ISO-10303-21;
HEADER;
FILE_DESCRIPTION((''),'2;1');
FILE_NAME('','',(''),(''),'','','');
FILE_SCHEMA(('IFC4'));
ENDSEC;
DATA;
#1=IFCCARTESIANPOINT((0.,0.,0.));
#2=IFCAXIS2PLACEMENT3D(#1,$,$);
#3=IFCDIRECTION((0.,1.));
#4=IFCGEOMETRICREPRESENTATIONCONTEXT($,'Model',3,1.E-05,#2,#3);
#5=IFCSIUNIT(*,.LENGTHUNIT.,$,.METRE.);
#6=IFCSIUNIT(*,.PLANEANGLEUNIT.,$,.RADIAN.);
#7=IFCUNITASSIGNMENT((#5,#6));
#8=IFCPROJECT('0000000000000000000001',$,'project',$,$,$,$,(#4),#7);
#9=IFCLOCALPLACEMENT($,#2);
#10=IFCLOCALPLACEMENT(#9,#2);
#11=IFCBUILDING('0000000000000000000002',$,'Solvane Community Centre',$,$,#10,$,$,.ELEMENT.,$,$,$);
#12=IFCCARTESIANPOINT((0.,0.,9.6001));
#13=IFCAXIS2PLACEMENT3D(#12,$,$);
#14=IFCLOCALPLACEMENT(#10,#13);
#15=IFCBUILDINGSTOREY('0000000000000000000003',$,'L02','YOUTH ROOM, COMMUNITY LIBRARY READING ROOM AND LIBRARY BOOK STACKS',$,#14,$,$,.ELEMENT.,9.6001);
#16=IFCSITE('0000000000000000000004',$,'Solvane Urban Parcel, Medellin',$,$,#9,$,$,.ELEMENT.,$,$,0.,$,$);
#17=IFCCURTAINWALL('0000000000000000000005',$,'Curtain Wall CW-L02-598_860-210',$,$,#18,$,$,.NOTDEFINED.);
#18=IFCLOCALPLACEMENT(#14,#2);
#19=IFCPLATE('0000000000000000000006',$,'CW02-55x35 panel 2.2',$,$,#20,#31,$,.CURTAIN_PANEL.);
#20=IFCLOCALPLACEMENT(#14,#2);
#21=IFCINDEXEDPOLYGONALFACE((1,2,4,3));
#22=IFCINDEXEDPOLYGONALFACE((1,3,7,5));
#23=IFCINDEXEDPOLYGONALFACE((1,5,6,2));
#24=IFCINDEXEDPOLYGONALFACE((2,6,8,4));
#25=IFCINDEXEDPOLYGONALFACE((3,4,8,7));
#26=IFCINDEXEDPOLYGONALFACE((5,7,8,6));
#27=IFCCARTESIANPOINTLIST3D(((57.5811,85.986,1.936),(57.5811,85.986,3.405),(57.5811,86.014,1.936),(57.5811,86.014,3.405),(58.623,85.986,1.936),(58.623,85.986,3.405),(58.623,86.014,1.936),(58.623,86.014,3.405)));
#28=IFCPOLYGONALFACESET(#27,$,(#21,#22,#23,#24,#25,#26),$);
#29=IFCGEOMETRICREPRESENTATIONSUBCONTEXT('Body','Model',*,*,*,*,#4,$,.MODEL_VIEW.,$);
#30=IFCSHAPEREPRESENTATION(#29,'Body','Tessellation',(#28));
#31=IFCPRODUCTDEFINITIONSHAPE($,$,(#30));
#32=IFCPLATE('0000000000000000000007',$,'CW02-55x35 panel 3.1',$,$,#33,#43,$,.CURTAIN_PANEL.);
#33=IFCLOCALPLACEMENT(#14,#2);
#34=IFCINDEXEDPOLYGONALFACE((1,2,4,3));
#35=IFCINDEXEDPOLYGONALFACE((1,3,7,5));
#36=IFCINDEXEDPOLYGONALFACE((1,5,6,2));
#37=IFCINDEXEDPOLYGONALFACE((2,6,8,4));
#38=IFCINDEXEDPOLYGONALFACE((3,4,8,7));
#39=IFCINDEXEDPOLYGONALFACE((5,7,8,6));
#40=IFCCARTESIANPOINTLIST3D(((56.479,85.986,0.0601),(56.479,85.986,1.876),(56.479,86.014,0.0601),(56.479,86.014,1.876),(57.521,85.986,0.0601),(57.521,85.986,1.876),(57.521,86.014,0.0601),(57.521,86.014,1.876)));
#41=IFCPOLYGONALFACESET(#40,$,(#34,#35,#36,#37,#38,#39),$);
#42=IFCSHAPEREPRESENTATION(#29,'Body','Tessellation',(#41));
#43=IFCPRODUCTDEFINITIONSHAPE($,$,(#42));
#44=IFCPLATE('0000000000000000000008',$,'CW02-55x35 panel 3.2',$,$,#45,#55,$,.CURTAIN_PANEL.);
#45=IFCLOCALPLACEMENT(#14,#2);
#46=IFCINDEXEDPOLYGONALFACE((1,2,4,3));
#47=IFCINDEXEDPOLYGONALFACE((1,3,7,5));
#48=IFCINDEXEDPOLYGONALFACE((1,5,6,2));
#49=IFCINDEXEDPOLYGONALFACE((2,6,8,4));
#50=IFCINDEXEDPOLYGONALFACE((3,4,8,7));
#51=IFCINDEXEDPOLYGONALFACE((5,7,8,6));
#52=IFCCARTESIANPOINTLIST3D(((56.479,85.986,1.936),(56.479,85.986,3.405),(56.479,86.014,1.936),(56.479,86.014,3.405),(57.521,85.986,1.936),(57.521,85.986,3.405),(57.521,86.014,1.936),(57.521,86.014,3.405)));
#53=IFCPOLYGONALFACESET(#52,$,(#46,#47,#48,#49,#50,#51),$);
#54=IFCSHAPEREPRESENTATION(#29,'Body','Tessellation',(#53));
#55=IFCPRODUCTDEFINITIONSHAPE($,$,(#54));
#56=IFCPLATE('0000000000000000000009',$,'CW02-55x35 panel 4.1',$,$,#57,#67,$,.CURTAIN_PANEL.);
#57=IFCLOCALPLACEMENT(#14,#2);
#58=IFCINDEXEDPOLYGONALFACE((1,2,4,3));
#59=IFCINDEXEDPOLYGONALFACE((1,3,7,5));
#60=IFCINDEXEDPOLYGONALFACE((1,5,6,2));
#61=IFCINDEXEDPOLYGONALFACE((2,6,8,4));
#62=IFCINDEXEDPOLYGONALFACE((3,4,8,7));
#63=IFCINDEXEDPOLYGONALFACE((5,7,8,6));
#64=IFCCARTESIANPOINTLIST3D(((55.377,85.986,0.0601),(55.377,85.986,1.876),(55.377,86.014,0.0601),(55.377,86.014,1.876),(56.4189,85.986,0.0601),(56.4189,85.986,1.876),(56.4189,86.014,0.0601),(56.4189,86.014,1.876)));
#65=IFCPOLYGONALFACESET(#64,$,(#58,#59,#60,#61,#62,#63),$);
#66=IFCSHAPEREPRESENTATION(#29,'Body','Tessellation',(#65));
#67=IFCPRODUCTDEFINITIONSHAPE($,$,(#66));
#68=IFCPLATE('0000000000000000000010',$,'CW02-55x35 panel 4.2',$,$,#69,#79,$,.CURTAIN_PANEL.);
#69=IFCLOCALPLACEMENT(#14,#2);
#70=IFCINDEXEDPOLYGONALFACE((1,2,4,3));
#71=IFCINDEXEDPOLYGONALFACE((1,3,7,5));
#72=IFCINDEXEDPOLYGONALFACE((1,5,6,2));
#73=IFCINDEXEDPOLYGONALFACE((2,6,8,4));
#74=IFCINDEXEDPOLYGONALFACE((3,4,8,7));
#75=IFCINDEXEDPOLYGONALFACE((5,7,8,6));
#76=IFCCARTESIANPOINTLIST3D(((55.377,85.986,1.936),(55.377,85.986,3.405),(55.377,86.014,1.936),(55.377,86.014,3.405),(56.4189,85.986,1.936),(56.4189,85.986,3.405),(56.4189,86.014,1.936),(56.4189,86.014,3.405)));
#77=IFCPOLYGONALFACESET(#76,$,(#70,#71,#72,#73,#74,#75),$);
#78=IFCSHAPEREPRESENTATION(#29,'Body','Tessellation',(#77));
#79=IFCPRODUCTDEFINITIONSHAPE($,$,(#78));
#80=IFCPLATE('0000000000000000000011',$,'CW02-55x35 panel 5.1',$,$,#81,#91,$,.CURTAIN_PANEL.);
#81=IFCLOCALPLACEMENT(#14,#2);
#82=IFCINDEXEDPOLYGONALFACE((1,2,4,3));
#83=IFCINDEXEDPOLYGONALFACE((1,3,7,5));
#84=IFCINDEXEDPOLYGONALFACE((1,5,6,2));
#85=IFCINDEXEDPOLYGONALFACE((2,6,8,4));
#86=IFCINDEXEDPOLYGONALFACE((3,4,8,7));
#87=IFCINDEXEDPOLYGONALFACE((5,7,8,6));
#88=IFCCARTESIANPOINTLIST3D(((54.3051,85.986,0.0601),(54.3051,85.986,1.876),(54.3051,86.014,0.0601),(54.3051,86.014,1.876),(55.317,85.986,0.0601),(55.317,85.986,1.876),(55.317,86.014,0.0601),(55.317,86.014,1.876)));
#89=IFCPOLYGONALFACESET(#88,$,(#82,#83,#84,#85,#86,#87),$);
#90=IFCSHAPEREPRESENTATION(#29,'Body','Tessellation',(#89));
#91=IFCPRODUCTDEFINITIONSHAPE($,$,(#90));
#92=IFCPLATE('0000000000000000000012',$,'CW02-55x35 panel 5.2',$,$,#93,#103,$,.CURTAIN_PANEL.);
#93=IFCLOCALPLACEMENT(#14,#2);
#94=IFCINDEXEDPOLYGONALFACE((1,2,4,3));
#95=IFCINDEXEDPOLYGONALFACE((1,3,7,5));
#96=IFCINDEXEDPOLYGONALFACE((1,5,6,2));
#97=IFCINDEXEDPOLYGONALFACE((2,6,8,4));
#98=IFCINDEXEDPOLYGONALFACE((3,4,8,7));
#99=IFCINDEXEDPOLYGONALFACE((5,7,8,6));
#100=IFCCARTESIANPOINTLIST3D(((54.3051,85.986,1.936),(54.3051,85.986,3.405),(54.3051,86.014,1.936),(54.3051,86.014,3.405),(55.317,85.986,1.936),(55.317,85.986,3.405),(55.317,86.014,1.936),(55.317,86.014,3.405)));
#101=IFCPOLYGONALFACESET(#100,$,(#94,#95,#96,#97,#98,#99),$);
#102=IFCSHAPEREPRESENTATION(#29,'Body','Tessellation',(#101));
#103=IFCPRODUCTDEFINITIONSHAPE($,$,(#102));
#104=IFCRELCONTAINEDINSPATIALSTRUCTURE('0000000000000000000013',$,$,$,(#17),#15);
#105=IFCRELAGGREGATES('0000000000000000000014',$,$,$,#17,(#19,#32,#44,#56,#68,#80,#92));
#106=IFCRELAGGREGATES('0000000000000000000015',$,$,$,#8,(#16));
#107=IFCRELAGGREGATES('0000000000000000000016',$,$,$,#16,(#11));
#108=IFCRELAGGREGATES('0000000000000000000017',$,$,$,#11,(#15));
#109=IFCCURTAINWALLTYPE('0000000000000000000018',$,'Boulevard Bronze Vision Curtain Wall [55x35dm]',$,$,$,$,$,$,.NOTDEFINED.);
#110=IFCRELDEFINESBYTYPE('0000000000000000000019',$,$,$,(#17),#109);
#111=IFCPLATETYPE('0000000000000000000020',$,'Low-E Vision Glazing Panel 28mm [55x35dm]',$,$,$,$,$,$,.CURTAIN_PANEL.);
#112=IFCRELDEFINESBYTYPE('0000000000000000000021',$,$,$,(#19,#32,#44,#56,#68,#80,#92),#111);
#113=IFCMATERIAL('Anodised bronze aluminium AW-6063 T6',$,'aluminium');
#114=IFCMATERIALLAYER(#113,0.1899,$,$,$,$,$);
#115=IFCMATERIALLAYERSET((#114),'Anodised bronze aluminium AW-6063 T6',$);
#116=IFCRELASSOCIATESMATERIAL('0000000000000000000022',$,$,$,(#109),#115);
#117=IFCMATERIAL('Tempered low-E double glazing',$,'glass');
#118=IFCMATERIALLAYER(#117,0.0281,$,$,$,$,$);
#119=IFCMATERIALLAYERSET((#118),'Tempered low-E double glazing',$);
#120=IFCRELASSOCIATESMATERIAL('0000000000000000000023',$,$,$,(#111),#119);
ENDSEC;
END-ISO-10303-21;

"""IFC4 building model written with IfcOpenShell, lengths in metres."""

from ifc_helpers import new_model, si_unit, direction, frame, origin, origin_2d, place, context, subcontext, project, spatial, rectangle, extrude, material, layer, layer_set, type_object, element, aggregate, save


model = new_model("IFC4")

# Units and contexts
model_context = context("Model", 3, precision=1e-05, world=origin(), true_north=direction((0.0, 1.0)))
body_context = subcontext(model_context, "Body", "Model", "MODEL_VIEW")
ifc_project = project(units=[si_unit("LENGTHUNIT", "METRE"), si_unit("PLANEANGLEUNIT", "RADIAN")], contexts=[model_context])

# Site, building, storey
site_placement = place(None, origin())
site = spatial("IfcSite", under=ifc_project, at=site_placement, Name="Solvane Urban Parcel, Medellin", CompositionType="ELEMENT", RefElevation=0.0)
building_placement = place(site_placement, origin())
building = spatial("IfcBuilding", under=site, at=building_placement, Name="Solvane Community Centre", CompositionType="ELEMENT")
storey_placement = place(building_placement, frame((0.0, 0.0, 9.6001)))
storey = spatial("IfcBuildingStorey", under=building, at=storey_placement, Name="L02", Description="YOUTH ROOM, COMMUNITY LIBRARY READING ROOM AND LIBRARY BOOK STACKS", CompositionType="ELEMENT", Elevation=9.6001)

# Curtain wall, plates
ifc_material_1 = material(Name="Anodised bronze aluminium AW-6063 T6", Category="aluminium")
ifc_layer_1 = layer(ifc_material_1, 0.1899)
ifc_layer_set_1 = layer_set([ifc_layer_1], Name="Anodised bronze aluminium AW-6063 T6")
curtain_wall_type = type_object("IfcCurtainWallType", Name="Boulevard Bronze Vision Curtain Wall [55x35dm]", PredefinedType="NOTDEFINED", material=ifc_layer_set_1)
curtain_wall_placement = place(storey_placement, origin())
curtain_wall = element("IfcCurtainWall", 1, at=curtain_wall_placement, inside=storey, type_object=curtain_wall_type, Name="Curtain Wall CW-L02-598_860-210", PredefinedType="NOTDEFINED")
ifc_material_2 = material(Name="Tempered low-E double glazing", Category="glass")
ifc_layer_2 = layer(ifc_material_2, 0.0281)
ifc_layer_set_2 = layer_set([ifc_layer_2], Name="Tempered low-E double glazing")
plate_type = type_object("IfcPlateType", Name="Low-E Vision Glazing Panel 28mm [55x35dm]", PredefinedType="CURTAIN_PANEL", material=ifc_layer_set_2)
plate_1_placement = place(storey_placement, frame((58.1021, 86.0, 1.936), z_axis=(0.0, 0.0, 1.0), x_axis=(-1.0, 0.0, 0.0)))
plate_1 = element("IfcPlate", 2, at=plate_1_placement, type_object=plate_type, Name="CW02-55x35 panel 2.2", PredefinedType="CURTAIN_PANEL", context=body_context, shape_type="SweptSolid", body=[
    extrude(rectangle(XDim=1.042, YDim=0.0281, at=origin_2d()), origin(), (0.0, 0.0, 1.0), 1.469),
])
plate_2_placement = place(storey_placement, frame((57.0, 86.0, 0.0601), z_axis=(0.0, 0.0, 1.0), x_axis=(-1.0, 0.0, 0.0)))
plate_2 = element("IfcPlate", 3, at=plate_2_placement, type_object=plate_type, Name="CW02-55x35 panel 3.1", PredefinedType="CURTAIN_PANEL", context=body_context, shape_type="SweptSolid", body=[
    extrude(rectangle(XDim=1.042, YDim=0.0281, at=origin_2d()), origin(), (0.0, 0.0, 1.0), 1.8159),
])
plate_3_placement = place(storey_placement, frame((57.0, 86.0, 1.936), z_axis=(0.0, 0.0, 1.0), x_axis=(-1.0, 0.0, 0.0)))
plate_3 = element("IfcPlate", 4, at=plate_3_placement, type_object=plate_type, Name="CW02-55x35 panel 3.2", PredefinedType="CURTAIN_PANEL", context=body_context, shape_type="SweptSolid", body=[
    extrude(rectangle(XDim=1.042, YDim=0.0281, at=origin_2d()), origin(), (0.0, 0.0, 1.0), 1.469),
])
plate_4_placement = place(storey_placement, frame((55.8979, 86.0, 0.0601), z_axis=(0.0, 0.0, 1.0), x_axis=(-1.0, 0.0, 0.0)))
plate_4 = element("IfcPlate", 5, at=plate_4_placement, type_object=plate_type, Name="CW02-55x35 panel 4.1", PredefinedType="CURTAIN_PANEL", context=body_context, shape_type="SweptSolid", body=[
    extrude(rectangle(XDim=1.042, YDim=0.0281, at=origin_2d()), origin(), (0.0, 0.0, 1.0), 1.8159),
])
plate_5_placement = place(storey_placement, frame((55.8979, 86.0, 1.936), z_axis=(0.0, 0.0, 1.0), x_axis=(-1.0, 0.0, 0.0)))
plate_5 = element("IfcPlate", 6, at=plate_5_placement, type_object=plate_type, Name="CW02-55x35 panel 4.2", PredefinedType="CURTAIN_PANEL", context=body_context, shape_type="SweptSolid", body=[
    extrude(rectangle(XDim=1.042, YDim=0.0281, at=origin_2d()), origin(), (0.0, 0.0, 1.0), 1.469),
])
plate_6_placement = place(storey_placement, frame((54.811, 86.0, 0.0601), z_axis=(0.0, 0.0, 1.0), x_axis=(-1.0, 0.0, 0.0)))
plate_6 = element("IfcPlate", 7, at=plate_6_placement, type_object=plate_type, Name="CW02-55x35 panel 5.1", PredefinedType="CURTAIN_PANEL", context=body_context, shape_type="SweptSolid", body=[
    extrude(rectangle(XDim=1.012, YDim=0.0281, at=origin_2d()), origin(), (0.0, 0.0, 1.0), 1.8159),
])
plate_7_placement = place(storey_placement, frame((54.811, 86.0, 1.936), z_axis=(0.0, 0.0, 1.0), x_axis=(-1.0, 0.0, 0.0)))
plate_7 = element("IfcPlate", 8, at=plate_7_placement, type_object=plate_type, Name="CW02-55x35 panel 5.2", PredefinedType="CURTAIN_PANEL", context=body_context, shape_type="SweptSolid", body=[
    extrude(rectangle(XDim=1.012, YDim=0.0281, at=origin_2d()), origin(), (0.0, 0.0, 1.0), 1.469),
])
aggregate(curtain_wall, [plate_1, plate_2, plate_3, plate_4, plate_5, plate_6, plate_7])

save(model, "model.ifc")
